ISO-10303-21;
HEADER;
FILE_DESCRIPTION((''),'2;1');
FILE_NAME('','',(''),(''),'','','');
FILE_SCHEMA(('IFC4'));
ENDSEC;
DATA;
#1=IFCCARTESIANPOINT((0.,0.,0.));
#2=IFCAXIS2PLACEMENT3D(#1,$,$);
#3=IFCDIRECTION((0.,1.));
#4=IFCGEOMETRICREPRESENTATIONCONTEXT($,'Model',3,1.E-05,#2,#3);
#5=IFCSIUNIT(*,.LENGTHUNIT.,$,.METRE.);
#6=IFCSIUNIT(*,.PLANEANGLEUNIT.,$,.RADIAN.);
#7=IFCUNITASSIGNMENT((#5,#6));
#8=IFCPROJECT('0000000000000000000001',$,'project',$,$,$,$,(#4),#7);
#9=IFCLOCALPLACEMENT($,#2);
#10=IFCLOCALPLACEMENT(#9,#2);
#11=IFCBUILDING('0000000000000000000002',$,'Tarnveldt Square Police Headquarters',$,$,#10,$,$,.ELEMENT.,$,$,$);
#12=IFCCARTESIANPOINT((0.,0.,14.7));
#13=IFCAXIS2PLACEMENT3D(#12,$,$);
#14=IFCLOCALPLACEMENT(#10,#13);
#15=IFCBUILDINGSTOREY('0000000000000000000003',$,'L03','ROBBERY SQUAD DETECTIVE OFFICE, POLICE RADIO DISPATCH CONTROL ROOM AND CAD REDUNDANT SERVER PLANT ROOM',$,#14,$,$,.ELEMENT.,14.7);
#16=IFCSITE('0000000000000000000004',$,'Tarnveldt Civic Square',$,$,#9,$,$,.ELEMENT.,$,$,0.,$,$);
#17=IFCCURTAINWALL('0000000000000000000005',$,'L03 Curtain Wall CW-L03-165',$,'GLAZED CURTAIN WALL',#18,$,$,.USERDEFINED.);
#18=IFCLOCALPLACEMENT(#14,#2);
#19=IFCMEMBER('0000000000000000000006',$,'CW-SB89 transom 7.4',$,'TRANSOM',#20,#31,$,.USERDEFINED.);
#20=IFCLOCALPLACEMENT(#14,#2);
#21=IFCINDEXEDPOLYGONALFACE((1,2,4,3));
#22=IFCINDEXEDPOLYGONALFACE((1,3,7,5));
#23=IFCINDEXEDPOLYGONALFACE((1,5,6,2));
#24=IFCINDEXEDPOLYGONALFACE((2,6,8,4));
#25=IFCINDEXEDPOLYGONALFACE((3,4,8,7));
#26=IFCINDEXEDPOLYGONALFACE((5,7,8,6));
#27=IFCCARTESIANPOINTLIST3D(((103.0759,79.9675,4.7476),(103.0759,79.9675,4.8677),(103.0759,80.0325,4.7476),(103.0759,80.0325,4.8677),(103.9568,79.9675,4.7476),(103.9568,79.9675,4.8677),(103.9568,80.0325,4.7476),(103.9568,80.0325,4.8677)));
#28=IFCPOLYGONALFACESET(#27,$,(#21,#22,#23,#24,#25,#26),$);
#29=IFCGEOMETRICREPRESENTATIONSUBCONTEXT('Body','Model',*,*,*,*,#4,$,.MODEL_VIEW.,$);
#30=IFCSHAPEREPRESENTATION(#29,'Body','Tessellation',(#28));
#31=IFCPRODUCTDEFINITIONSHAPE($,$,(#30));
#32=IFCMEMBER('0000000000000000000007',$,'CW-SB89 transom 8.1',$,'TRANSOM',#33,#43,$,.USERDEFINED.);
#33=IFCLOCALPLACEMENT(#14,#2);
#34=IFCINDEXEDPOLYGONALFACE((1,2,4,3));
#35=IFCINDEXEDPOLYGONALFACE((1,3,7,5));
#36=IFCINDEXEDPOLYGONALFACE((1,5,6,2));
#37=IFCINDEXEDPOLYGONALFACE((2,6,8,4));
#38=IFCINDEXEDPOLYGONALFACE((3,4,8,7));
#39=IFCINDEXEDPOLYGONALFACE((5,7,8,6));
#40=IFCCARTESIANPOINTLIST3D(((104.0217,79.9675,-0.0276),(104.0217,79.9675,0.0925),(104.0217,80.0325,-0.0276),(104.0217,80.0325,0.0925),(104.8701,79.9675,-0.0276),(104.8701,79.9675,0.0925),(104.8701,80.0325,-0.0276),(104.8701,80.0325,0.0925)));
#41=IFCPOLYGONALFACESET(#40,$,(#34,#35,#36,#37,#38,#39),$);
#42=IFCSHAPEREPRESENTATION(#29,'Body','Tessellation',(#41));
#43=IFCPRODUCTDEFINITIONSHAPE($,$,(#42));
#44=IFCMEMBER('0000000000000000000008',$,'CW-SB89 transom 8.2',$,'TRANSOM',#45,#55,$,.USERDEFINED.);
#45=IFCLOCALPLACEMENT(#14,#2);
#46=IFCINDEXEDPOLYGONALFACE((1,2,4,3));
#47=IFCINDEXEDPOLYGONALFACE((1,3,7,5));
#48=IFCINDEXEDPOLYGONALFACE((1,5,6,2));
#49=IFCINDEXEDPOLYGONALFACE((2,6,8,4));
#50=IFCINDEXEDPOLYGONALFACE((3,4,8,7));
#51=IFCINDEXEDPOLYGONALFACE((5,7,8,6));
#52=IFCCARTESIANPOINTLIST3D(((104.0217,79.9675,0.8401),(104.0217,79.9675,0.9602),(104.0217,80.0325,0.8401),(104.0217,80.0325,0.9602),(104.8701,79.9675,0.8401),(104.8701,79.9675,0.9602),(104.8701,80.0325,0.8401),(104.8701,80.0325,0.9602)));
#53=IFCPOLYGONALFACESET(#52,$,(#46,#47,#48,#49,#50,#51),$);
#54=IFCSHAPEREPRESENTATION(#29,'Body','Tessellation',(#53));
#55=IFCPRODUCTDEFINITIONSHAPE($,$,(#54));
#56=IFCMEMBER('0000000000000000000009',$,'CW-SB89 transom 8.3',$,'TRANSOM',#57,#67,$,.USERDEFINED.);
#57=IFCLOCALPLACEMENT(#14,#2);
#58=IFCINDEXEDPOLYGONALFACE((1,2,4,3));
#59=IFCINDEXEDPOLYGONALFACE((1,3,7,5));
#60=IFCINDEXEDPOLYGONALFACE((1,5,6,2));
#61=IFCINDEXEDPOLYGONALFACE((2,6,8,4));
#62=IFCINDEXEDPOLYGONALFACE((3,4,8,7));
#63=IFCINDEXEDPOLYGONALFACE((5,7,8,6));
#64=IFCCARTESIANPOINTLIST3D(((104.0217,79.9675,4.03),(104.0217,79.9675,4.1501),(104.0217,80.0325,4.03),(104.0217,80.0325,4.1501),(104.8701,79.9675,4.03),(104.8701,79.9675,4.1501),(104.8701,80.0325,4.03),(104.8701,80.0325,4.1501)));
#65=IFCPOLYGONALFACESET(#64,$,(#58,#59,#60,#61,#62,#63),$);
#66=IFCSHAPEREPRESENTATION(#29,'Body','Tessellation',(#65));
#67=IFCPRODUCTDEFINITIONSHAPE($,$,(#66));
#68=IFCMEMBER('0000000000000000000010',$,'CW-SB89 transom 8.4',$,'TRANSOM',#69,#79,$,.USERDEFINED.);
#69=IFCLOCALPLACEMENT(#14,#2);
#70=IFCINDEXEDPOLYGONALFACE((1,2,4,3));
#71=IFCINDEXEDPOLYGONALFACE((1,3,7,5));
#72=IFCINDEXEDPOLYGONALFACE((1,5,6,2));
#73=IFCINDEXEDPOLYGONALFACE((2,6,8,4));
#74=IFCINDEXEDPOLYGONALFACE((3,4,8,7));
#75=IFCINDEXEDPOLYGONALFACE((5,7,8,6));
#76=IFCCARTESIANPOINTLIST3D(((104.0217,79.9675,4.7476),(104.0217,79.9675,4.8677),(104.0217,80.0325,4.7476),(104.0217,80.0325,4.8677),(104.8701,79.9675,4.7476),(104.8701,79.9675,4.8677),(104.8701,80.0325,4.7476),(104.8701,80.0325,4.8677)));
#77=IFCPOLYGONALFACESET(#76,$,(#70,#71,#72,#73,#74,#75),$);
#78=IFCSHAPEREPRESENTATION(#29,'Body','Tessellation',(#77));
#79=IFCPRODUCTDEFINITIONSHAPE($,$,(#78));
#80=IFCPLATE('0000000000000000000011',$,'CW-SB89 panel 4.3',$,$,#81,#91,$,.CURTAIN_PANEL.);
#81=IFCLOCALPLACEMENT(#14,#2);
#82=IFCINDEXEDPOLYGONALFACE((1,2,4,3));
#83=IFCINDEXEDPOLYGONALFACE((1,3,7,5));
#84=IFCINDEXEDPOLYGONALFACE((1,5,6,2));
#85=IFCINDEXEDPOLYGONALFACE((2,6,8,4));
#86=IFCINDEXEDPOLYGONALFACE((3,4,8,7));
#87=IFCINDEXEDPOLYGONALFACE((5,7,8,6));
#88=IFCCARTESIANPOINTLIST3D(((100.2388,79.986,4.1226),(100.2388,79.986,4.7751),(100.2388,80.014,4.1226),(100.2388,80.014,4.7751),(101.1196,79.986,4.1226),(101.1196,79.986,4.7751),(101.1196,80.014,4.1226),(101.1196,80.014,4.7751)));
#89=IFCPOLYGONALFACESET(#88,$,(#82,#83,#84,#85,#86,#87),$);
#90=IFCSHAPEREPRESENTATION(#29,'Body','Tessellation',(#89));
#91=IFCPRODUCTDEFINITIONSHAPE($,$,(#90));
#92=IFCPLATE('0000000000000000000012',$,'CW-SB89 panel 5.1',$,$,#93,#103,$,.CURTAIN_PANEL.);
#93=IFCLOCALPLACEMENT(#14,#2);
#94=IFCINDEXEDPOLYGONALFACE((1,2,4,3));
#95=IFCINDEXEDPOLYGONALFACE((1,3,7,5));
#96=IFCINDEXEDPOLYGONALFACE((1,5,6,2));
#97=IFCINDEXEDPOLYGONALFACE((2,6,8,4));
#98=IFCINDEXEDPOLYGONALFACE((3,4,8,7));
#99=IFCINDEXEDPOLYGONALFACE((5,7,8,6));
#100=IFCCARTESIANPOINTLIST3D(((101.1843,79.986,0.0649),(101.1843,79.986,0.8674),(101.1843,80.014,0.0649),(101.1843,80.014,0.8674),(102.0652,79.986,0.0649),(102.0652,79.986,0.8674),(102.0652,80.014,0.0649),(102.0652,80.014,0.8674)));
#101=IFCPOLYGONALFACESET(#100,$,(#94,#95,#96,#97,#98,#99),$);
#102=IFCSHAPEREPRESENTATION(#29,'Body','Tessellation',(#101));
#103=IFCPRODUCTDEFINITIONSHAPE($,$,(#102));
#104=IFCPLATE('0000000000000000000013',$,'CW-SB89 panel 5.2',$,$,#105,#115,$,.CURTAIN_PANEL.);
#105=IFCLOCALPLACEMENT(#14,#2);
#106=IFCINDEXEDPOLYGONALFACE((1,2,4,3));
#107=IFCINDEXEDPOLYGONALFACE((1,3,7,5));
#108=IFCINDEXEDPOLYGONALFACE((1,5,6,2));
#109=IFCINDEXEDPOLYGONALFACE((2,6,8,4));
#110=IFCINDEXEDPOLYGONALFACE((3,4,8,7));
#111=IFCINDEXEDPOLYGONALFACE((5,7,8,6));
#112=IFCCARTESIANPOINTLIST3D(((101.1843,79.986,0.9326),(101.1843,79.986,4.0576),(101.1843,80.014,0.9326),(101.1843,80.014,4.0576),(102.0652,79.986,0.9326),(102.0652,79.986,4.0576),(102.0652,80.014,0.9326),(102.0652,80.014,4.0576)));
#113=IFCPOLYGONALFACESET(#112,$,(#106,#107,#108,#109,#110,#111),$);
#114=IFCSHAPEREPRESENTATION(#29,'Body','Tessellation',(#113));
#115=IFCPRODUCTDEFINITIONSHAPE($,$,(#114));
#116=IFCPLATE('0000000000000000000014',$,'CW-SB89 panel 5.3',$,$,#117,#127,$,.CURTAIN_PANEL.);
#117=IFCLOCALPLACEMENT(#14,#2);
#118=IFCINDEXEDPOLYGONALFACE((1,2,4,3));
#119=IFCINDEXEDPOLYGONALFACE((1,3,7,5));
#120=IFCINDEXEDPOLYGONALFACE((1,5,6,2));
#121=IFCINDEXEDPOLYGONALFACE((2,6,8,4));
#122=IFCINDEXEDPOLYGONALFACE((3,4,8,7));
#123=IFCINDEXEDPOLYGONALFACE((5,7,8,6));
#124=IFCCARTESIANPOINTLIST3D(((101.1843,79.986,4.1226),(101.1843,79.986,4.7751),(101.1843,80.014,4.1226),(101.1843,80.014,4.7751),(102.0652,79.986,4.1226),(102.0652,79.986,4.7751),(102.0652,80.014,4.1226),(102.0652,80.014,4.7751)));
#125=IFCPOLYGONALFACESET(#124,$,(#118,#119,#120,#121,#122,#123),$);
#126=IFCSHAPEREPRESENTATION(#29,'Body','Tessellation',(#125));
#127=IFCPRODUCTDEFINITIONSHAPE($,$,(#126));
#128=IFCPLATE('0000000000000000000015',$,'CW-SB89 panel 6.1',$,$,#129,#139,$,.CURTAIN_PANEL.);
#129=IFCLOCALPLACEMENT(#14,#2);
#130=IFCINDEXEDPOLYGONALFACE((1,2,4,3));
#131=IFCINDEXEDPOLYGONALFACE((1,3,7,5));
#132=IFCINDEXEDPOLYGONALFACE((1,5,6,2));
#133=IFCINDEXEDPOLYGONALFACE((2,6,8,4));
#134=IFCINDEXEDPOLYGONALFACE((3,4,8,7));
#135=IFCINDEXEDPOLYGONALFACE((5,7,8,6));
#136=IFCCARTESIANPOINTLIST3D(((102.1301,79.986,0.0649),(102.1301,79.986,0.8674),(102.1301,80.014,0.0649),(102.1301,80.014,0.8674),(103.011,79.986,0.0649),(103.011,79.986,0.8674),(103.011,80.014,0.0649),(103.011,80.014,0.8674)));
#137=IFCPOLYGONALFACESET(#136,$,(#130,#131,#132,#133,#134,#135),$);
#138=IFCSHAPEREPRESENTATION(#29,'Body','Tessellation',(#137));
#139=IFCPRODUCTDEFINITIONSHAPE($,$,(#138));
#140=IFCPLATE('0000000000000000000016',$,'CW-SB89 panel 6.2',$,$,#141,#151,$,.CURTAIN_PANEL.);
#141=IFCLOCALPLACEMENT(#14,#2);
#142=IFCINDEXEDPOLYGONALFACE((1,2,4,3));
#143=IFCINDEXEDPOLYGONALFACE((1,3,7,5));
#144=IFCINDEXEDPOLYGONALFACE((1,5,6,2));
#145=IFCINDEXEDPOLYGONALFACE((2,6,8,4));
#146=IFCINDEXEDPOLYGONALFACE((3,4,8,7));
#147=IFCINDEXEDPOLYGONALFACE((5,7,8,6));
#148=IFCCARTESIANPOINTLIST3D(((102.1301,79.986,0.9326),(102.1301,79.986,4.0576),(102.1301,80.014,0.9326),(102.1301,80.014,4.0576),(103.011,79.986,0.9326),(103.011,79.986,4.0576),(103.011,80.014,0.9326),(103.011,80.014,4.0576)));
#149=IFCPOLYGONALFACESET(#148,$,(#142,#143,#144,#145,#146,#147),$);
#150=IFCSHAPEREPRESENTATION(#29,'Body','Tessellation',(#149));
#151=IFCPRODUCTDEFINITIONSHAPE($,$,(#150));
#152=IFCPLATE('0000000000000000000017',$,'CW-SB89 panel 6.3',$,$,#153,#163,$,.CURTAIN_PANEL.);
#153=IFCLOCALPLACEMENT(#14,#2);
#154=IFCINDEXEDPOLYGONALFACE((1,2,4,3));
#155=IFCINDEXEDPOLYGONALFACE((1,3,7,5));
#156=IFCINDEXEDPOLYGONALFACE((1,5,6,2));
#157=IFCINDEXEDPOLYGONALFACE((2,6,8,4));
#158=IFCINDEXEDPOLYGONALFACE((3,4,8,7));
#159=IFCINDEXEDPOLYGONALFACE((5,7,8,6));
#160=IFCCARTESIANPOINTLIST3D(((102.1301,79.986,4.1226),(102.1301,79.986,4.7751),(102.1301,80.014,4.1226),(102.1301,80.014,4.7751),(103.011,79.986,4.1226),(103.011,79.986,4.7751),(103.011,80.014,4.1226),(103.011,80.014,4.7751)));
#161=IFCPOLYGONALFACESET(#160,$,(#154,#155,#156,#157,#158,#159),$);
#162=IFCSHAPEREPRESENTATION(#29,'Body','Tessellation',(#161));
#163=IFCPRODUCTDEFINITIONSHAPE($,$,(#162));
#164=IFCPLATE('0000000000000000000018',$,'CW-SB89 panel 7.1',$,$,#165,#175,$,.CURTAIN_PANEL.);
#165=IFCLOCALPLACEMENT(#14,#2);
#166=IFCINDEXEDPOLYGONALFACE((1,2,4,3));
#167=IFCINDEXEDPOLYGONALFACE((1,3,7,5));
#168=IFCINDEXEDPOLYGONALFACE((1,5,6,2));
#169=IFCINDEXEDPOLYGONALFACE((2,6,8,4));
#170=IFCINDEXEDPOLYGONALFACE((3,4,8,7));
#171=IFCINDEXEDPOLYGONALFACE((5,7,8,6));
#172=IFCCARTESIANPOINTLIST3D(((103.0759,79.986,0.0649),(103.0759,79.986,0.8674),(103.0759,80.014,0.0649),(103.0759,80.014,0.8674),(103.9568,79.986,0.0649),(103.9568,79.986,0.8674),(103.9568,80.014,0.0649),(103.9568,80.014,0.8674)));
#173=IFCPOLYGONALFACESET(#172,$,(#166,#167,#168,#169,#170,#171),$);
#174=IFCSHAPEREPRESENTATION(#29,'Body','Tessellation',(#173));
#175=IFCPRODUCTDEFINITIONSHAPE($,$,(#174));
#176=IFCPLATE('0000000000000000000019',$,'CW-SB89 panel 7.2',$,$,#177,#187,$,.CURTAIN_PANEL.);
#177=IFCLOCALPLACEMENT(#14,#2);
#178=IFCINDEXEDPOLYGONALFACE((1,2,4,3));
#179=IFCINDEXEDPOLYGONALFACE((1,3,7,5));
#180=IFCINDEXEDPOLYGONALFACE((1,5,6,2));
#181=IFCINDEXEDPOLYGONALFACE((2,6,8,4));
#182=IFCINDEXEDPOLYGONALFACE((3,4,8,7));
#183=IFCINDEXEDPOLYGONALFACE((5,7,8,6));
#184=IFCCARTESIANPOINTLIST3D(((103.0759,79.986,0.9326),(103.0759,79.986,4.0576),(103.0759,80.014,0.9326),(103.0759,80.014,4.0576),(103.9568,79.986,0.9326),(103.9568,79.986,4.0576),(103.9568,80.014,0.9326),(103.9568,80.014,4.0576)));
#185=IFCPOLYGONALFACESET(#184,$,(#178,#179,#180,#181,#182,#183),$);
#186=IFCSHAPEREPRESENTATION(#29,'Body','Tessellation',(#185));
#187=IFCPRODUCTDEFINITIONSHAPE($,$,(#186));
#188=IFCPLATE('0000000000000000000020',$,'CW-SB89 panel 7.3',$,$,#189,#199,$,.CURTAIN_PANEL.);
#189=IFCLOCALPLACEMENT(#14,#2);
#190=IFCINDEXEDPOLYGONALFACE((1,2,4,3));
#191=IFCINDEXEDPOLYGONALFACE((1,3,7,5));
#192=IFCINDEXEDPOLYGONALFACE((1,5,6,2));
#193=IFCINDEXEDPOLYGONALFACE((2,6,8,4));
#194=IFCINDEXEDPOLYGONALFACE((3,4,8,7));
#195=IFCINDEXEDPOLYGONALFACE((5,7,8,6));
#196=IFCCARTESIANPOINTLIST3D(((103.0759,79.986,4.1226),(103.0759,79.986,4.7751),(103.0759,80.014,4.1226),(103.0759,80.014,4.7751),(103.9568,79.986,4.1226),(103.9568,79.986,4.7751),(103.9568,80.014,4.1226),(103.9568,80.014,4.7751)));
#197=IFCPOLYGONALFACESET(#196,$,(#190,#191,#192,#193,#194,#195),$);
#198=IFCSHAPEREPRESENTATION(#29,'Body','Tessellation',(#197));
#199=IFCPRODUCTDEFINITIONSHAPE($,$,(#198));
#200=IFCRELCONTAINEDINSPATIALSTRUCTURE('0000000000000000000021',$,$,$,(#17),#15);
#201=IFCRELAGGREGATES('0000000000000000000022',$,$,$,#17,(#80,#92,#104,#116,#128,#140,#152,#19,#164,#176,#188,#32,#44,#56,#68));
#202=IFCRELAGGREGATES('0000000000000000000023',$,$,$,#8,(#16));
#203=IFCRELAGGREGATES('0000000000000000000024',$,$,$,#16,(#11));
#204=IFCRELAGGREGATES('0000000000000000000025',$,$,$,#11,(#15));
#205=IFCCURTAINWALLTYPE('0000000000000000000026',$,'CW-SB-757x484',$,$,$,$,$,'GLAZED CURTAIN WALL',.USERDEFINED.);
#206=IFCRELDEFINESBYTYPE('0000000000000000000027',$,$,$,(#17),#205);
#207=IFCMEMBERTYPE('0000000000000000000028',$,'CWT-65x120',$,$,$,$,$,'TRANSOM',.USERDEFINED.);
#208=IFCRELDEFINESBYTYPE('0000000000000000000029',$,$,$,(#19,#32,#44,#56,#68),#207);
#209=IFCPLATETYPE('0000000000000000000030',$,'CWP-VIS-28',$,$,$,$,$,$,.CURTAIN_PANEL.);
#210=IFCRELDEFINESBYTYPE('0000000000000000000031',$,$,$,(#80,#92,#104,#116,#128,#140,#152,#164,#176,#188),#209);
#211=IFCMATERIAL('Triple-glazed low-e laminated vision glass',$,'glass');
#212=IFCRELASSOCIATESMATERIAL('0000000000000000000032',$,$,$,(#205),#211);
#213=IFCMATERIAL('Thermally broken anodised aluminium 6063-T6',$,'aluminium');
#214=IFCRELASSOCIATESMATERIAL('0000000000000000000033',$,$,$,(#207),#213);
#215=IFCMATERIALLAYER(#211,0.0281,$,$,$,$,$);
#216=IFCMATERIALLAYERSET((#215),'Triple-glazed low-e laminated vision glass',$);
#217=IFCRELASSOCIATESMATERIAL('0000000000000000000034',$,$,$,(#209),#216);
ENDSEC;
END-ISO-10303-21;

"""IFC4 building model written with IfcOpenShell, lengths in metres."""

from ifc_helpers import new_model, si_unit, direction, frame, origin, origin_2d, place, context, subcontext, project, spatial, rectangle, extrude, material, layer, layer_set, material_profile, profile_set, type_object, element, aggregate, save


model = new_model("IFC4")

# Units and contexts
model_context = context("Model", 3, precision=1e-05, world=origin(), true_north=direction((0.0, 1.0)))
body_context = subcontext(model_context, "Body", "Model", "MODEL_VIEW")
ifc_project = project(units=[si_unit("LENGTHUNIT", "METRE"), si_unit("PLANEANGLEUNIT", "RADIAN")], contexts=[model_context])

# Site, building, storey
site_placement = place(None, origin())
site = spatial("IfcSite", under=ifc_project, at=site_placement, Name="Tarnveldt Civic Square", CompositionType="ELEMENT", RefElevation=0.0)
building_placement = place(site_placement, origin())
building = spatial("IfcBuilding", under=site, at=building_placement, Name="Tarnveldt Square Police Headquarters", CompositionType="ELEMENT")
storey_placement = place(building_placement, frame((0.0, 0.0, 14.7)))
storey = spatial("IfcBuildingStorey", under=building, at=storey_placement, Name="L03", Description="ROBBERY SQUAD DETECTIVE OFFICE, POLICE RADIO DISPATCH CONTROL ROOM AND CAD REDUNDANT SERVER PLANT ROOM", CompositionType="ELEMENT", Elevation=14.7)

# Curtain wall, members, plates
ifc_material_1 = material(Name="Triple-glazed low-e laminated vision glass", Category="glass")
curtain_wall_type = type_object("IfcCurtainWallType", Name="CW-SB-757x484", ElementType="GLAZED CURTAIN WALL", PredefinedType="USERDEFINED", material=ifc_material_1)
curtain_wall_placement = place(storey_placement, origin())
curtain_wall = element("IfcCurtainWall", 1, at=curtain_wall_placement, inside=storey, type_object=curtain_wall_type, Name="L03 Curtain Wall CW-L03-165", ObjectType="GLAZED CURTAIN WALL", PredefinedType="USERDEFINED")
ifc_material_2 = material(Name="Thermally broken anodised aluminium 6063-T6", Category="aluminium")
ifc_material_profile_1 = material_profile(ifc_material_2, rectangle(XDim=0.0649, YDim=0.1201, at=origin_2d()), Name="CW-T65x120")
ifc_profile_set_1 = profile_set([ifc_material_profile_1], Name="Thermally broken anodised aluminium 6063-T6")
member_type_1 = type_object("IfcMemberType", Name="CWT-65x120", ElementType="TRANSOM", PredefinedType="USERDEFINED", material=ifc_profile_set_1)
member_1_placement = place(storey_placement, frame((103.0759, 80.0, 4.8076), z_axis=(1.0, 0.0, 0.0), x_axis=(0.0, 1.0, 0.0)))
member_1 = element("IfcMember", 2, at=member_1_placement, type_object=member_type_1, Name="CW-SB89 transom 7.4", ObjectType="TRANSOM", PredefinedType="USERDEFINED", context=body_context, shape_type="SweptSolid", body=[
    extrude(rectangle(XDim=0.0649, YDim=0.1201, at=origin_2d()), origin(), (0.0, 0.0, 1.0), 0.8809),
])
member_2_placement = place(storey_placement, frame((104.0217, 80.0, 0.0325), z_axis=(1.0, 0.0, 0.0), x_axis=(0.0, 1.0, 0.0)))
member_2 = element("IfcMember", 3, at=member_2_placement, type_object=member_type_1, Name="CW-SB89 transom 8.1", ObjectType="TRANSOM", PredefinedType="USERDEFINED", context=body_context, shape_type="SweptSolid", body=[
    extrude(rectangle(XDim=0.0649, YDim=0.1201, at=origin_2d()), origin(), (0.0, 0.0, 1.0), 0.8484),
])
member_3_placement = place(storey_placement, frame((104.0217, 80.0, 0.9001), z_axis=(1.0, 0.0, 0.0), x_axis=(0.0, 1.0, 0.0)))
member_3 = element("IfcMember", 4, at=member_3_placement, type_object=member_type_1, Name="CW-SB89 transom 8.2", ObjectType="TRANSOM", PredefinedType="USERDEFINED", context=body_context, shape_type="SweptSolid", body=[
    extrude(rectangle(XDim=0.0649, YDim=0.1201, at=origin_2d()), origin(), (0.0, 0.0, 1.0), 0.8484),
])
member_4_placement = place(storey_placement, frame((104.0217, 80.0, 4.0901), z_axis=(1.0, 0.0, 0.0), x_axis=(0.0, 1.0, 0.0)))
member_4 = element("IfcMember", 5, at=member_4_placement, type_object=member_type_1, Name="CW-SB89 transom 8.3", ObjectType="TRANSOM", PredefinedType="USERDEFINED", context=body_context, shape_type="SweptSolid", body=[
    extrude(rectangle(XDim=0.0649, YDim=0.1201, at=origin_2d()), origin(), (0.0, 0.0, 1.0), 0.8484),
])
member_5_placement = place(storey_placement, frame((104.0217, 80.0, 4.8076), z_axis=(1.0, 0.0, 0.0), x_axis=(0.0, 1.0, 0.0)))
member_5 = element("IfcMember", 6, at=member_5_placement, type_object=member_type_1, Name="CW-SB89 transom 8.4", ObjectType="TRANSOM", PredefinedType="USERDEFINED", context=body_context, shape_type="SweptSolid", body=[
    extrude(rectangle(XDim=0.0649, YDim=0.1201, at=origin_2d()), origin(), (0.0, 0.0, 1.0), 0.8484),
])
ifc_layer = layer(ifc_material_1, 0.0281)
ifc_layer_set = layer_set([ifc_layer], Name="Triple-glazed low-e laminated vision glass")
plate_type = type_object("IfcPlateType", Name="CWP-VIS-28", PredefinedType="CURTAIN_PANEL", material=ifc_layer_set)
plate_1_placement = place(storey_placement, frame((100.6792, 80.0, 4.1226), z_axis=(0.0, 0.0, 1.0), x_axis=(1.0, 0.0, 0.0)))
plate_1 = element("IfcPlate", 7, at=plate_1_placement, type_object=plate_type, Name="CW-SB89 panel 4.3", PredefinedType="CURTAIN_PANEL", context=body_context, shape_type="SweptSolid", body=[
    extrude(rectangle(XDim=0.8809, YDim=0.0281, at=origin_2d()), origin(), (0.0, 0.0, 1.0), 0.6526),
])
plate_2_placement = place(storey_placement, frame((101.6248, 80.0, 0.0649), z_axis=(0.0, 0.0, 1.0), x_axis=(1.0, 0.0, 0.0)))
plate_2 = element("IfcPlate", 8, at=plate_2_placement, type_object=plate_type, Name="CW-SB89 panel 5.1", PredefinedType="CURTAIN_PANEL", context=body_context, shape_type="SweptSolid", body=[
    extrude(rectangle(XDim=0.8809, YDim=0.0281, at=origin_2d()), origin(), (0.0, 0.0, 1.0), 0.8025),
])
plate_3_placement = place(storey_placement, frame((101.6248, 80.0, 0.9326), z_axis=(0.0, 0.0, 1.0), x_axis=(1.0, 0.0, 0.0)))
plate_3 = element("IfcPlate", 9, at=plate_3_placement, type_object=plate_type, Name="CW-SB89 panel 5.2", PredefinedType="CURTAIN_PANEL", context=body_context, shape_type="SweptSolid", body=[
    extrude(rectangle(XDim=0.8809, YDim=0.0281, at=origin_2d()), origin(), (0.0, 0.0, 1.0), 3.125),
])
plate_4_placement = place(storey_placement, frame((101.6248, 80.0, 4.1226), z_axis=(0.0, 0.0, 1.0), x_axis=(1.0, 0.0, 0.0)))
plate_4 = element("IfcPlate", 10, at=plate_4_placement, type_object=plate_type, Name="CW-SB89 panel 5.3", PredefinedType="CURTAIN_PANEL", context=body_context, shape_type="SweptSolid", body=[
    extrude(rectangle(XDim=0.8809, YDim=0.0281, at=origin_2d()), origin(), (0.0, 0.0, 1.0), 0.6526),
])
plate_5_placement = place(storey_placement, frame((102.5706, 80.0, 0.0649), z_axis=(0.0, 0.0, 1.0), x_axis=(1.0, 0.0, 0.0)))
plate_5 = element("IfcPlate", 11, at=plate_5_placement, type_object=plate_type, Name="CW-SB89 panel 6.1", PredefinedType="CURTAIN_PANEL", context=body_context, shape_type="SweptSolid", body=[
    extrude(rectangle(XDim=0.8809, YDim=0.0281, at=origin_2d()), origin(), (0.0, 0.0, 1.0), 0.8025),
])
plate_6_placement = place(storey_placement, frame((102.5706, 80.0, 0.9326), z_axis=(0.0, 0.0, 1.0), x_axis=(1.0, 0.0, 0.0)))
plate_6 = element("IfcPlate", 12, at=plate_6_placement, type_object=plate_type, Name="CW-SB89 panel 6.2", PredefinedType="CURTAIN_PANEL", context=body_context, shape_type="SweptSolid", body=[
    extrude(rectangle(XDim=0.8809, YDim=0.0281, at=origin_2d()), origin(), (0.0, 0.0, 1.0), 3.125),
])
plate_7_placement = place(storey_placement, frame((102.5706, 80.0, 4.1226), z_axis=(0.0, 0.0, 1.0), x_axis=(1.0, 0.0, 0.0)))
plate_7 = element("IfcPlate", 13, at=plate_7_placement, type_object=plate_type, Name="CW-SB89 panel 6.3", PredefinedType="CURTAIN_PANEL", context=body_context, shape_type="SweptSolid", body=[
    extrude(rectangle(XDim=0.8809, YDim=0.0281, at=origin_2d()), origin(), (0.0, 0.0, 1.0), 0.6526),
])
plate_8_placement = place(storey_placement, frame((103.5164, 80.0, 0.0649), z_axis=(0.0, 0.0, 1.0), x_axis=(1.0, 0.0, 0.0)))
plate_8 = element("IfcPlate", 14, at=plate_8_placement, type_object=plate_type, Name="CW-SB89 panel 7.1", PredefinedType="CURTAIN_PANEL", context=body_context, shape_type="SweptSolid", body=[
    extrude(rectangle(XDim=0.8809, YDim=0.0281, at=origin_2d()), origin(), (0.0, 0.0, 1.0), 0.8025),
])
plate_9_placement = place(storey_placement, frame((103.5164, 80.0, 0.9326), z_axis=(0.0, 0.0, 1.0), x_axis=(1.0, 0.0, 0.0)))
plate_9 = element("IfcPlate", 15, at=plate_9_placement, type_object=plate_type, Name="CW-SB89 panel 7.2", PredefinedType="CURTAIN_PANEL", context=body_context, shape_type="SweptSolid", body=[
    extrude(rectangle(XDim=0.8809, YDim=0.0281, at=origin_2d()), origin(), (0.0, 0.0, 1.0), 3.125),
])
plate_10_placement = place(storey_placement, frame((103.5164, 80.0, 4.1226), z_axis=(0.0, 0.0, 1.0), x_axis=(1.0, 0.0, 0.0)))
plate_10 = element("IfcPlate", 16, at=plate_10_placement, type_object=plate_type, Name="CW-SB89 panel 7.3", PredefinedType="CURTAIN_PANEL", context=body_context, shape_type="SweptSolid", body=[
    extrude(rectangle(XDim=0.8809, YDim=0.0281, at=origin_2d()), origin(), (0.0, 0.0, 1.0), 0.6526),
])
aggregate(curtain_wall, [plate_1, plate_2, plate_3, plate_4, plate_5, plate_6, plate_7, member_1, plate_8, plate_9, plate_10, member_2, member_3, member_4, member_5])

save(model, "model.ifc")
